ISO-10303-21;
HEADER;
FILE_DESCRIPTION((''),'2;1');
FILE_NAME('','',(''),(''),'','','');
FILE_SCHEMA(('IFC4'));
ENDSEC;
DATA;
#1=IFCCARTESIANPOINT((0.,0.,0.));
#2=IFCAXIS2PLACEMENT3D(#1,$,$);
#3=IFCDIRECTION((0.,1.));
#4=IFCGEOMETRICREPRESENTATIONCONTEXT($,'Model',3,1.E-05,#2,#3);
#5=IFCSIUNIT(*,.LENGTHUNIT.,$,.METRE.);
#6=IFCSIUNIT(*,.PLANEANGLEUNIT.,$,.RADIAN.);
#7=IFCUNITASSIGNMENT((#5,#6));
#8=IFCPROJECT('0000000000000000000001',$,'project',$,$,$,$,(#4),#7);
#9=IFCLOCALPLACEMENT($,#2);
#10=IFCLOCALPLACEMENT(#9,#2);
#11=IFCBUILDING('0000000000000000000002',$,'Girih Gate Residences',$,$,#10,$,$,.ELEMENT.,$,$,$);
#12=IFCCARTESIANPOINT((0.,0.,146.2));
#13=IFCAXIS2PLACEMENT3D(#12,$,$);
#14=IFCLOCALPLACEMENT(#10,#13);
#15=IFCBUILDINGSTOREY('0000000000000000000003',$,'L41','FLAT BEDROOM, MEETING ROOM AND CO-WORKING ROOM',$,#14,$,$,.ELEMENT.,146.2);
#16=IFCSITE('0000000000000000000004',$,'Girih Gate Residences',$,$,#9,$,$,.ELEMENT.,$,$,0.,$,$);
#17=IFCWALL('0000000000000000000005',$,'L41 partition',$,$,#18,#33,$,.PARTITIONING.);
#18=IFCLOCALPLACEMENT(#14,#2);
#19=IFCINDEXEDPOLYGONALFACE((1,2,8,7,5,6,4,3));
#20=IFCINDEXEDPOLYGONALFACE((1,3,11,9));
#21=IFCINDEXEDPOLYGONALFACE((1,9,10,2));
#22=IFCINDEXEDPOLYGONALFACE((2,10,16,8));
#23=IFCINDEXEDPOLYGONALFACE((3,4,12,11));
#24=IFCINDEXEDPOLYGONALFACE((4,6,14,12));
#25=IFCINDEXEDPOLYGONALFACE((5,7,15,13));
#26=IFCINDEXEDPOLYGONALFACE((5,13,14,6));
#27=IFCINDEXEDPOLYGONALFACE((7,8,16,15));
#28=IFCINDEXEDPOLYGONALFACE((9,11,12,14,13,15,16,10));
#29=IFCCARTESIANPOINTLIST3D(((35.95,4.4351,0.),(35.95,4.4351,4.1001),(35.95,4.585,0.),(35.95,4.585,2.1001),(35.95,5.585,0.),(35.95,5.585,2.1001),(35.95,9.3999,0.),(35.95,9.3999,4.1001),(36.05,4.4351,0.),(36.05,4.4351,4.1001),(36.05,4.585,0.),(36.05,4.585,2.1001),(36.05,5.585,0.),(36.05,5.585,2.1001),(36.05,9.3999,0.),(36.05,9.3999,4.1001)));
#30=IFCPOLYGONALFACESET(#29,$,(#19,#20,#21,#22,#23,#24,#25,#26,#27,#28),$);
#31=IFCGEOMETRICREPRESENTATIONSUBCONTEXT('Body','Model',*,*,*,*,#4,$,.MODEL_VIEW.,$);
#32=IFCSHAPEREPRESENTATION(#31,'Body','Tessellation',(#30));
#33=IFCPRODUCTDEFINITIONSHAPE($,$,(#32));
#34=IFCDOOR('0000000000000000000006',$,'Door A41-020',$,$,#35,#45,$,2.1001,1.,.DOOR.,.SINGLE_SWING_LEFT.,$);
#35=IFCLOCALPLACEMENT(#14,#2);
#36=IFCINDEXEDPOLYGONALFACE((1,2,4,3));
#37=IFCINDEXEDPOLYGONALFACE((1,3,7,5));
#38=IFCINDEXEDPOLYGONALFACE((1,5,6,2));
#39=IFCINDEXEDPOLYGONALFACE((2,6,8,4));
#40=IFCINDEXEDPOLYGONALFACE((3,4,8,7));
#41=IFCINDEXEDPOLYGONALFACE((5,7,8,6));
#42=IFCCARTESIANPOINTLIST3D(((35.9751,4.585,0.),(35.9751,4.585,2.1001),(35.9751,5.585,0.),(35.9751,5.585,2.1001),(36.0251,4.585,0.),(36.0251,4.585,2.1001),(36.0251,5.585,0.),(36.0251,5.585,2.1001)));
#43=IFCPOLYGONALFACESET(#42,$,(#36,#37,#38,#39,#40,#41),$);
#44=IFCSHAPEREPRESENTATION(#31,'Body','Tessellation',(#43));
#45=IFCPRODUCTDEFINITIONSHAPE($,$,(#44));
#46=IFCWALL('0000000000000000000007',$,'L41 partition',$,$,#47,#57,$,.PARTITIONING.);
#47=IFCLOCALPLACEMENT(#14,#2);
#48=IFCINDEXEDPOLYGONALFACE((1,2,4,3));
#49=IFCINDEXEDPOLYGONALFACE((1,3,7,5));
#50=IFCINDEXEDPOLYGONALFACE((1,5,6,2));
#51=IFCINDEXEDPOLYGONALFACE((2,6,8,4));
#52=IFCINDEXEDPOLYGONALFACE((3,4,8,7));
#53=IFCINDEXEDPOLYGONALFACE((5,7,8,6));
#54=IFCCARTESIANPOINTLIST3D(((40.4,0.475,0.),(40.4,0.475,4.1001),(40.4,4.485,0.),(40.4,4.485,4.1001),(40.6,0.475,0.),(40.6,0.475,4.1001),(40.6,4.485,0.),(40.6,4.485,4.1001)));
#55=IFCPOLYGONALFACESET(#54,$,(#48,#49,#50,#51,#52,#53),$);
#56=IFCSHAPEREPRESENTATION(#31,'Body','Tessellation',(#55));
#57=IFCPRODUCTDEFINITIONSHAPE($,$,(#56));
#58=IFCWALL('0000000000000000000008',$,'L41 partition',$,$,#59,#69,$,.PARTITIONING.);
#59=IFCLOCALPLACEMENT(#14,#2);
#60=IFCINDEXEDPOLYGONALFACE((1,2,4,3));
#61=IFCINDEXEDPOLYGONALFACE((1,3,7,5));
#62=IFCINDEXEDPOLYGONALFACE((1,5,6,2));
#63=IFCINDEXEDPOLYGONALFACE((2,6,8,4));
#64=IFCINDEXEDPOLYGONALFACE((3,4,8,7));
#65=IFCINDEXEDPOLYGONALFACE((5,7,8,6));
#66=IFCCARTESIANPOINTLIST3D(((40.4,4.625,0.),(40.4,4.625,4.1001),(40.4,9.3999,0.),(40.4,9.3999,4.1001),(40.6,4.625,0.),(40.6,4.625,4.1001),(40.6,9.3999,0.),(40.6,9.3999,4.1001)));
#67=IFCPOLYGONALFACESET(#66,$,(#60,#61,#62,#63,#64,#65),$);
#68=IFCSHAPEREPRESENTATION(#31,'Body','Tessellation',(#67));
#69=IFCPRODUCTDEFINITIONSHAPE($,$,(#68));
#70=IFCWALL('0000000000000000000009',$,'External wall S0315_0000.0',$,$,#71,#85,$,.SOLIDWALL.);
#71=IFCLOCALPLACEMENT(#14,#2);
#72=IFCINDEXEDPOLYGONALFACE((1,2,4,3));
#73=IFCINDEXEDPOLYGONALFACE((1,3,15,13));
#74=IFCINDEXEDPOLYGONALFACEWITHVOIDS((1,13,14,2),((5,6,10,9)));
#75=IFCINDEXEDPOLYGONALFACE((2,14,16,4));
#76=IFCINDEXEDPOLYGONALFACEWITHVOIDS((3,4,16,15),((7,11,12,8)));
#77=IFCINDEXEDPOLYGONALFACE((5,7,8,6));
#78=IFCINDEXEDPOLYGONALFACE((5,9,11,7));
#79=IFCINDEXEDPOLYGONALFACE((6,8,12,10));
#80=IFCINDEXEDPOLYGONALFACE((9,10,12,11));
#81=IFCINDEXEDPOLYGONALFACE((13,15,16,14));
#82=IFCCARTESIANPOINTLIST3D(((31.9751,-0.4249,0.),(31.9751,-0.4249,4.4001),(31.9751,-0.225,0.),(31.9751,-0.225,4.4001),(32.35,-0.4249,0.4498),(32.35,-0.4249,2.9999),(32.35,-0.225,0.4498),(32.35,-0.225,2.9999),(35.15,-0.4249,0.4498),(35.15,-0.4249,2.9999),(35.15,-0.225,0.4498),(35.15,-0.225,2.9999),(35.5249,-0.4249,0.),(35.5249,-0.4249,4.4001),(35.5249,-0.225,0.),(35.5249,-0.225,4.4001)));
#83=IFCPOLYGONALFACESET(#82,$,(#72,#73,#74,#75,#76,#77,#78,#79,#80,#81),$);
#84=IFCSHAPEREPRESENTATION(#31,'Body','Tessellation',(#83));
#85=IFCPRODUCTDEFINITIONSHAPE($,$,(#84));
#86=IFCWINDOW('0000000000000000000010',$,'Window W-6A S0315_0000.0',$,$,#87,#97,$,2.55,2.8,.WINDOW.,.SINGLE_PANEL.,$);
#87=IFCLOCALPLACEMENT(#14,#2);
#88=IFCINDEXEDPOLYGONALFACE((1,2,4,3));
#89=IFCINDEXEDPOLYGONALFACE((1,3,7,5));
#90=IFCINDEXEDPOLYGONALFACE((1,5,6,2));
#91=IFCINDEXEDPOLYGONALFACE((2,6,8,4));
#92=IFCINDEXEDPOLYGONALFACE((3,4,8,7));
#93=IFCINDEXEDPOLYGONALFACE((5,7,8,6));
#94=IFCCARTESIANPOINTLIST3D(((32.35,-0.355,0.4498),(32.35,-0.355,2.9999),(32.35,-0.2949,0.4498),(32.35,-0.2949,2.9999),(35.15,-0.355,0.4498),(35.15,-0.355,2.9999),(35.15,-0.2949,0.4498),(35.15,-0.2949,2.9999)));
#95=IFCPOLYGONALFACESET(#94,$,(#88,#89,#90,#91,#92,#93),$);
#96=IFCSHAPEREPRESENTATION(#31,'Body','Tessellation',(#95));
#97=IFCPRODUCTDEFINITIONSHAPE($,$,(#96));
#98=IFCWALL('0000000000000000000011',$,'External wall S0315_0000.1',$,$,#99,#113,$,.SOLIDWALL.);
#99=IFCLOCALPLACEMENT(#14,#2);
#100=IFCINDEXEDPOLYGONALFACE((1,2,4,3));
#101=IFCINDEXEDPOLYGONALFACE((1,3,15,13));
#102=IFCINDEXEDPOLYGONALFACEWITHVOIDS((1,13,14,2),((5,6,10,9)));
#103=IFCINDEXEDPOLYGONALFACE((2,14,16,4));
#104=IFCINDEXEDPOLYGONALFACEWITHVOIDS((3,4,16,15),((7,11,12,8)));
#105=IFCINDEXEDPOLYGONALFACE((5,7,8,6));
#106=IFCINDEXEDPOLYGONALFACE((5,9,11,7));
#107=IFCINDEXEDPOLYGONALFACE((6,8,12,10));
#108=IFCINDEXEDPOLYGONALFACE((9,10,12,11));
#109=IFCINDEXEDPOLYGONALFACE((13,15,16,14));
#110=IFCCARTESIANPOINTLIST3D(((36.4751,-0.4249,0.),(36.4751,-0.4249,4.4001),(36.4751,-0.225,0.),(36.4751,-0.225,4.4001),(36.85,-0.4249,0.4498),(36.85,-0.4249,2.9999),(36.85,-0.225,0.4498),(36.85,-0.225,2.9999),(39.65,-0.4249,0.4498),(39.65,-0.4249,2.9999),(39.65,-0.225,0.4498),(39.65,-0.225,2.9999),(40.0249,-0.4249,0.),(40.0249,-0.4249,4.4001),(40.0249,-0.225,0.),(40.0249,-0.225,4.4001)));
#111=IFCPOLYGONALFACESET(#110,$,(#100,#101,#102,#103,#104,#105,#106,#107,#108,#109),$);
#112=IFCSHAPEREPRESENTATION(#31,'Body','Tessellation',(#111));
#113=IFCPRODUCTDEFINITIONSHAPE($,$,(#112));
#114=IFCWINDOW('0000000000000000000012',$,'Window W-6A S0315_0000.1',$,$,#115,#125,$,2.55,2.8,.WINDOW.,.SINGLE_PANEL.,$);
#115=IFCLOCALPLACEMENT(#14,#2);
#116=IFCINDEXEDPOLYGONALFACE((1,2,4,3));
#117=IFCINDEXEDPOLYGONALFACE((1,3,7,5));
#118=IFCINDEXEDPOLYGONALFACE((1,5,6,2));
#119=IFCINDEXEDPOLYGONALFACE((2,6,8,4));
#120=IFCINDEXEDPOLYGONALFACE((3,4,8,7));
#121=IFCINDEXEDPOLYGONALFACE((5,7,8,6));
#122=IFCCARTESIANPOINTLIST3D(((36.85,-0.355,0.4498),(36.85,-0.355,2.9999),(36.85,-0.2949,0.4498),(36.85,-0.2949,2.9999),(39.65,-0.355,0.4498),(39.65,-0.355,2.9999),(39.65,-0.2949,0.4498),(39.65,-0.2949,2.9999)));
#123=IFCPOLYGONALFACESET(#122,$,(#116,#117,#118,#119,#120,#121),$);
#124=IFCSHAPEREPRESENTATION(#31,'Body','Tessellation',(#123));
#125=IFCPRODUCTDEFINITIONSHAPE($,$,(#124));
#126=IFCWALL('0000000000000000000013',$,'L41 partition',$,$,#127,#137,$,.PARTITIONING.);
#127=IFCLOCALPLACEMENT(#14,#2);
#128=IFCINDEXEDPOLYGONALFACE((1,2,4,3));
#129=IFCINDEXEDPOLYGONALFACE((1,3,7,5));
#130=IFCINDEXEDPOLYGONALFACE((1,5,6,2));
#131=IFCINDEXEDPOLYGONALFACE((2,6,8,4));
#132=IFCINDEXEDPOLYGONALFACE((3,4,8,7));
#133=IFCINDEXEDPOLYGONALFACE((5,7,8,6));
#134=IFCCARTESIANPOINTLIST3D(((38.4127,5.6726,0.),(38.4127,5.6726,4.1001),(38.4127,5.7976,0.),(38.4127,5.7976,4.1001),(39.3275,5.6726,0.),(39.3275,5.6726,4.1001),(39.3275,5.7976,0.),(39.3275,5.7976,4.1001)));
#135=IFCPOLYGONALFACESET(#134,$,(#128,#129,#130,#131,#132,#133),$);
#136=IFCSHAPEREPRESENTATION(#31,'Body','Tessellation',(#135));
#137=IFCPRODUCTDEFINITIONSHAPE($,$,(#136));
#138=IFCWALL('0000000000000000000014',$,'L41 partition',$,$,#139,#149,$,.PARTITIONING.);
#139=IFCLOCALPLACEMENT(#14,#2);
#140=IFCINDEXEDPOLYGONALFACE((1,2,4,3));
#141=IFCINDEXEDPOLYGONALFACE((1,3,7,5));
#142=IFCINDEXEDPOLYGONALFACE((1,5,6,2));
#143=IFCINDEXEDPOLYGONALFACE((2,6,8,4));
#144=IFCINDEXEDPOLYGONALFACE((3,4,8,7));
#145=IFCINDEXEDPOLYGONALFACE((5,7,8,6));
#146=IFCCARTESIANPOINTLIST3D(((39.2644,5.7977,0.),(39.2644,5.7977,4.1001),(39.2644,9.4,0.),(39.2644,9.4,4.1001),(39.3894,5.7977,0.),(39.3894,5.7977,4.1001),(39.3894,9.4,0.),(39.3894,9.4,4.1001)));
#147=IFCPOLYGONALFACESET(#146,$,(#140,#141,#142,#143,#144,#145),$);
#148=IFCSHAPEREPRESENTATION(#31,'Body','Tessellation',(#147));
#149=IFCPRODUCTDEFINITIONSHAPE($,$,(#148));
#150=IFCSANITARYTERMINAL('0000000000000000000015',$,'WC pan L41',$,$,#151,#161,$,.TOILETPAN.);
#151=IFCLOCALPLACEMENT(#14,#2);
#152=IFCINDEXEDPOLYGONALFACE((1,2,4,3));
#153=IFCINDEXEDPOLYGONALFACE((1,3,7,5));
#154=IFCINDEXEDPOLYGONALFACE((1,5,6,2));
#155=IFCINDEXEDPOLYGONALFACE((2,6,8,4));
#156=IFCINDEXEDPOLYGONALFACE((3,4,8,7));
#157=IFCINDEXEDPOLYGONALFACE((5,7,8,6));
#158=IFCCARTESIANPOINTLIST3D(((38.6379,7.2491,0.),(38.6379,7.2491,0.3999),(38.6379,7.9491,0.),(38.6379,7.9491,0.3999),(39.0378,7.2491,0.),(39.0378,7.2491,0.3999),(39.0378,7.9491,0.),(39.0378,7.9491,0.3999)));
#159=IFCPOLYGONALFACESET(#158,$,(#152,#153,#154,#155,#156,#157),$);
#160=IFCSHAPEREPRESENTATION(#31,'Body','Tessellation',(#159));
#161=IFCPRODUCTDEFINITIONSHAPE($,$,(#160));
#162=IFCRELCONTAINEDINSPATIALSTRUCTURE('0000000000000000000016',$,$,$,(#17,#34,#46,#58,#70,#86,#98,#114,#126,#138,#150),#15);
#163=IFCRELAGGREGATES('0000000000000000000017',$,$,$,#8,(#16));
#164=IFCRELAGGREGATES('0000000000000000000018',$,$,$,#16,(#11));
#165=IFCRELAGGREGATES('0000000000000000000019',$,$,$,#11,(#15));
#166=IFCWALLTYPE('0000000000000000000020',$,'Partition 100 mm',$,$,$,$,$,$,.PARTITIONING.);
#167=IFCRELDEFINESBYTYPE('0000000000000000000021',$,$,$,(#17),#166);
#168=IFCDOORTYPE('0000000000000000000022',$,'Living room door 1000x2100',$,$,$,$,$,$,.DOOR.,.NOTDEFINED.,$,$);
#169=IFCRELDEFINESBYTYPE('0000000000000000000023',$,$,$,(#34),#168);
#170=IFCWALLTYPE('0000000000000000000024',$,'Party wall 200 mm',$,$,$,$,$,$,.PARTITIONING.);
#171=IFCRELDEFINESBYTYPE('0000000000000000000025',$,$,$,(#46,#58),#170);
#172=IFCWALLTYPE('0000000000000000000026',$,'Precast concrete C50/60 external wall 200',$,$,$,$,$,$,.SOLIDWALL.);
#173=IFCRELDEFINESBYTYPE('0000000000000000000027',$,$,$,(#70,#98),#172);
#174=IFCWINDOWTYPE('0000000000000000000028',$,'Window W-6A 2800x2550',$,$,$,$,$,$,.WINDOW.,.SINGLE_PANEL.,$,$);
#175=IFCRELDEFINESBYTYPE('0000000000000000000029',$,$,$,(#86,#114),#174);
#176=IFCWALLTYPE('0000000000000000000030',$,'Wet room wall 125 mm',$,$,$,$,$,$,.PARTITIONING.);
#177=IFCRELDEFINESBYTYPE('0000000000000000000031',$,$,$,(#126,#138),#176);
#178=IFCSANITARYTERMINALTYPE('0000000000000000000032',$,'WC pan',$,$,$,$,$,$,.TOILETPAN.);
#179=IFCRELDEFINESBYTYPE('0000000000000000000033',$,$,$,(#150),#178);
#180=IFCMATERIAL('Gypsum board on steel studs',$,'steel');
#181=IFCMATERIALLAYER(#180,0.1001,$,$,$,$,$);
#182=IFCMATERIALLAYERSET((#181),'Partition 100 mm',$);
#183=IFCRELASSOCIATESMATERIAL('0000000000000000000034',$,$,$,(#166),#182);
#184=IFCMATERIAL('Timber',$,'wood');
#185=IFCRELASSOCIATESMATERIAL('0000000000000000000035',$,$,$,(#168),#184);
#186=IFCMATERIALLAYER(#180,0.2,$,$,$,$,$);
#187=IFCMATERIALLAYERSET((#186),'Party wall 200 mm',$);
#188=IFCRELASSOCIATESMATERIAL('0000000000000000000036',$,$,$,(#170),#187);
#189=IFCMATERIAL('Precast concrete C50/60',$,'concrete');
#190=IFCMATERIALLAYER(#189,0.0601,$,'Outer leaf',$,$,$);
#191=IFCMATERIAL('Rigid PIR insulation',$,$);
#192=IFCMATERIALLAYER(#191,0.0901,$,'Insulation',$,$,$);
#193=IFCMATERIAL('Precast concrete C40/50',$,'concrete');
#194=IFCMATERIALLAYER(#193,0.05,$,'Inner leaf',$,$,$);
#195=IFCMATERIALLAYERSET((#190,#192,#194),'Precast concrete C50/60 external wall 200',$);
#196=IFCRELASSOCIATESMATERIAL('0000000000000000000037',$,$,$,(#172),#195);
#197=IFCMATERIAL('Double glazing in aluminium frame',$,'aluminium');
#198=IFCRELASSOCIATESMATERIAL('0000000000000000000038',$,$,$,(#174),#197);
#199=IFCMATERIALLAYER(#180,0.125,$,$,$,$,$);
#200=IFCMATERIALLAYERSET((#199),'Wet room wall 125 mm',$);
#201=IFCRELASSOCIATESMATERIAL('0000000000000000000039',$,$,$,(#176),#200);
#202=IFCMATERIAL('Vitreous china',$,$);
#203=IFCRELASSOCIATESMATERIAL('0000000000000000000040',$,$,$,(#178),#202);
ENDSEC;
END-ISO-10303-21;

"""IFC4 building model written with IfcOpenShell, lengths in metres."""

from ifc_helpers import new_model, si_unit, direction, frame, frame_2d, origin, origin_2d, place, context, subcontext, project, spatial, rectangle, extrude, material, layer, layer_set, type_object, element, fill, save


model = new_model("IFC4")

# Units and contexts
model_context = context("Model", 3, precision=1e-05, world=origin(), true_north=direction((0.0, 1.0)))
body_context = subcontext(model_context, "Body", "Model", "MODEL_VIEW")
ifc_project = project(units=[si_unit("LENGTHUNIT", "METRE"), si_unit("PLANEANGLEUNIT", "RADIAN")], contexts=[model_context])

# Site, building, storey
site_placement = place(None, origin())
site = spatial("IfcSite", under=ifc_project, at=site_placement, Name="Girih Gate Residences", CompositionType="ELEMENT", RefElevation=0.0)
building_placement = place(site_placement, origin())
building = spatial("IfcBuilding", under=site, at=building_placement, Name="Girih Gate Residences", CompositionType="ELEMENT")
storey_placement = place(building_placement, frame((0.0, 0.0, 146.2)))
storey = spatial("IfcBuildingStorey", under=building, at=storey_placement, Name="L41", Description="FLAT BEDROOM, MEETING ROOM AND CO-WORKING ROOM", CompositionType="ELEMENT", Elevation=146.2)

# Shared definitions
ifc_material_1 = material(Name="Gypsum board on steel studs", Category="steel")
ifc_layer_1 = layer(ifc_material_1, 0.1001)
ifc_layer_set_1 = layer_set([ifc_layer_1], Name="Partition 100 mm")
wall_type_1 = type_object("IfcWallType", Name="Partition 100 mm", PredefinedType="PARTITIONING", material=ifc_layer_set_1)
ifc_material_2 = material(Name="Timber", Category="wood")

# Wall, opening, door
wall_1_placement = place(storey_placement, frame((36.0, 4.4351, 0.0), z_axis=(0.0, 0.0, 1.0), x_axis=(0.0, 1.0, 0.0)))
wall_1 = element("IfcWall", 1, at=wall_1_placement, inside=storey, type_object=wall_type_1, Name="L41 partition", PredefinedType="PARTITIONING", context=body_context, shape_type="SweptSolid", body=[
    extrude(rectangle(XDim=4.9648, YDim=0.1001, at=frame_2d((2.4824, 0.0))), origin(), (0.0, 0.0, 1.0), 4.1001),
])
opening_1_placement = place(wall_1_placement, frame((0.1499, 0.0, 0.0)))
opening_1 = element("IfcOpeningElement", 2, at=opening_1_placement, cuts=wall_1, PredefinedType="OPENING", context=body_context, shape_type="SweptSolid", body=[
    extrude(rectangle(XDim=1.0, YDim=2.1001, at=frame_2d((0.5, 1.05))), frame((0.0, 0.0601, 0.0), z_axis=(0.0, -1.0, 0.0), x_axis=(1.0, 0.0, 0.0)), (0.0, 0.0, 1.0), 0.1201),
])
door_type_1 = type_object("IfcDoorType", Name="Living room door 1000x2100", OperationType="NOTDEFINED", PredefinedType="DOOR", material=ifc_material_2)
door_1_placement = place(opening_1_placement, origin())
door_1 = element("IfcDoor", 3, at=door_1_placement, inside=storey, type_object=door_type_1, Name="Door A41-020", OperationType="SINGLE_SWING_LEFT", OverallHeight=2.1001, OverallWidth=1.0, PredefinedType="DOOR", context=body_context, shape_type="SweptSolid", body=[
    extrude(rectangle(XDim=1.0, YDim=2.1001, at=frame_2d((0.5, 1.05))), frame((0.0, 0.0249, 0.0), z_axis=(0.0, -1.0, 0.0), x_axis=(1.0, 0.0, 0.0)), (0.0, 0.0, 1.0), 0.05),
])
fill(opening_1, door_1)

# Walls
ifc_layer_2 = layer(ifc_material_1, 0.2)
ifc_layer_set_2 = layer_set([ifc_layer_2], Name="Party wall 200 mm")
wall_type_2 = type_object("IfcWallType", Name="Party wall 200 mm", PredefinedType="PARTITIONING", material=ifc_layer_set_2)
wall_2_placement = place(storey_placement, frame((40.5, 0.4751, 0.0), z_axis=(0.0, 0.0, 1.0), x_axis=(0.0, 1.0, 0.0)))
element("IfcWall", 4, at=wall_2_placement, inside=storey, type_object=wall_type_2, Name="L41 partition", PredefinedType="PARTITIONING", context=body_context, shape_type="SweptSolid", body=[
    extrude(rectangle(XDim=4.01, YDim=0.2, at=frame_2d((2.0049, 0.0))), origin(), (0.0, 0.0, 1.0), 4.1001),
])
wall_3_placement = place(storey_placement, frame((40.5, 4.625, 0.0), z_axis=(0.0, 0.0, 1.0), x_axis=(0.0, 1.0, 0.0)))
element("IfcWall", 5, at=wall_3_placement, inside=storey, type_object=wall_type_2, Name="L41 partition", PredefinedType="PARTITIONING", context=body_context, shape_type="SweptSolid", body=[
    extrude(rectangle(XDim=4.7749, YDim=0.2, at=frame_2d((2.3875, 0.0))), origin(), (0.0, 0.0, 1.0), 4.1001),
])

# Walls, openings, windows
ifc_material_3 = material(Name="Precast concrete C50/60", Category="concrete")
ifc_layer_3 = layer(ifc_material_3, 0.0601, Name="Outer leaf")
ifc_material_4 = material(Name="Rigid PIR insulation")
ifc_layer_4 = layer(ifc_material_4, 0.0901, Name="Insulation")
ifc_material_5 = material(Name="Precast concrete C40/50", Category="concrete")
ifc_layer_5 = layer(ifc_material_5, 0.05, Name="Inner leaf")
ifc_layer_set_3 = layer_set([ifc_layer_3, ifc_layer_4, ifc_layer_5], Name="Precast concrete C50/60 external wall 200")
wall_type_3 = type_object("IfcWallType", Name="Precast concrete C50/60 external wall 200", PredefinedType="SOLIDWALL", material=ifc_layer_set_3)
wall_4_placement = place(storey_placement, frame((35.5249, -0.325, 0.0), z_axis=(0.0, 0.0, 1.0), x_axis=(-1.0, 0.0, 0.0)))
wall_4 = element("IfcWall", 6, at=wall_4_placement, inside=storey, type_object=wall_type_3, Name="External wall S0315_0000.0", PredefinedType="SOLIDWALL", context=body_context, shape_type="SweptSolid", body=[
    extrude(rectangle(XDim=3.5498, YDim=0.2, at=frame_2d((1.7749, 0.0))), origin(), (0.0, 0.0, 1.0), 4.4001),
])
opening_2_placement = place(wall_4_placement, frame((0.375, 0.0, 0.45)))
opening_2 = element("IfcOpeningElement", 7, at=opening_2_placement, cuts=wall_4, PredefinedType="OPENING", context=body_context, shape_type="SweptSolid", body=[
    extrude(rectangle(XDim=2.8, YDim=2.55, at=frame_2d((1.3999, 1.2749))), frame((0.0, 0.1099, 0.0), z_axis=(0.0, -1.0, 0.0), x_axis=(1.0, 0.0, 0.0)), (0.0, 0.0, 1.0), 0.22),
])
ifc_material_6 = material(Name="Double glazing in aluminium frame", Category="aluminium")
window_type = type_object("IfcWindowType", Name="Window W-6A 2800x2550", PartitioningType="SINGLE_PANEL", PredefinedType="WINDOW", material=ifc_material_6)
window_1_placement = place(opening_2_placement, origin())
window_1 = element("IfcWindow", 8, at=window_1_placement, inside=storey, type_object=window_type, Name="Window W-6A S0315_0000.0", OverallHeight=2.55, OverallWidth=2.8, PartitioningType="SINGLE_PANEL", PredefinedType="WINDOW", context=body_context, shape_type="SweptSolid", body=[
    extrude(rectangle(XDim=2.8, YDim=2.55, at=frame_2d((1.3999, 1.2749))), frame((0.0, 0.03, 0.0), z_axis=(0.0, -1.0, 0.0), x_axis=(1.0, 0.0, 0.0)), (0.0, 0.0, 1.0), 0.0601),
])
fill(opening_2, window_1)
wall_5_placement = place(storey_placement, frame((40.0249, -0.325, 0.0), z_axis=(0.0, 0.0, 1.0), x_axis=(-1.0, 0.0, 0.0)))
wall_5 = element("IfcWall", 9, at=wall_5_placement, inside=storey, type_object=wall_type_3, Name="External wall S0315_0000.1", PredefinedType="SOLIDWALL", context=body_context, shape_type="SweptSolid", body=[
    extrude(rectangle(XDim=3.5498, YDim=0.2, at=frame_2d((1.7749, 0.0))), origin(), (0.0, 0.0, 1.0), 4.4001),
])
opening_3_placement = place(wall_5_placement, frame((0.375, 0.0, 0.45)))
opening_3 = element("IfcOpeningElement", 10, at=opening_3_placement, cuts=wall_5, PredefinedType="OPENING", context=body_context, shape_type="SweptSolid", body=[
    extrude(rectangle(XDim=2.8, YDim=2.55, at=frame_2d((1.3999, 1.2749))), frame((0.0, 0.1099, 0.0), z_axis=(0.0, -1.0, 0.0), x_axis=(1.0, 0.0, 0.0)), (0.0, 0.0, 1.0), 0.22),
])
window_2_placement = place(opening_3_placement, origin())
window_2 = element("IfcWindow", 11, at=window_2_placement, inside=storey, type_object=window_type, Name="Window W-6A S0315_0000.1", OverallHeight=2.55, OverallWidth=2.8, PartitioningType="SINGLE_PANEL", PredefinedType="WINDOW", context=body_context, shape_type="SweptSolid", body=[
    extrude(rectangle(XDim=2.8, YDim=2.55, at=frame_2d((1.3999, 1.2749))), frame((0.0, 0.03, 0.0), z_axis=(0.0, -1.0, 0.0), x_axis=(1.0, 0.0, 0.0)), (0.0, 0.0, 1.0), 0.0601),
])
fill(opening_3, window_2)

# Walls
ifc_layer_6 = layer(ifc_material_1, 0.125)
ifc_layer_set_4 = layer_set([ifc_layer_6], Name="Wet room wall 125 mm")
wall_type_4 = type_object("IfcWallType", Name="Wet room wall 125 mm", PredefinedType="PARTITIONING", material=ifc_layer_set_4)
wall_6_placement = place(storey_placement, frame((38.4126, 5.7351, 0.0), z_axis=(0.0, 0.0, 1.0), x_axis=(1.0, 0.0, 0.0)))
element("IfcWall", 12, at=wall_6_placement, inside=storey, type_object=wall_type_4, Name="L41 partition", PredefinedType="PARTITIONING", context=body_context, shape_type="SweptSolid", body=[
    extrude(rectangle(XDim=0.9148, YDim=0.125, at=frame_2d((0.4575, 0.0))), origin(), (0.0, 0.0, 1.0), 4.1001),
])
wall_7_placement = place(storey_placement, frame((39.3269, 5.7976, 0.0), z_axis=(0.0, 0.0, 1.0), x_axis=(0.0, 1.0, 0.0)))
element("IfcWall", 13, at=wall_7_placement, inside=storey, type_object=wall_type_4, Name="L41 partition", PredefinedType="PARTITIONING", context=body_context, shape_type="SweptSolid", body=[
    extrude(rectangle(XDim=3.6023, YDim=0.125, at=frame_2d((1.8013, 0.0))), origin(), (0.0, 0.0, 1.0), 4.1001),
])

# Sanitary terminal
ifc_material_7 = material(Name="Vitreous china")
sanitary_terminal_type = type_object("IfcSanitaryTerminalType", Name="WC pan", PredefinedType="TOILETPAN", material=ifc_material_7)
sanitary_terminal_placement = place(storey_placement, frame((38.8379, 7.5991, 0.0), z_axis=(0.0, 0.0, 1.0), x_axis=(1.0, 0.0, 0.0)))
element("IfcSanitaryTerminal", 14, at=sanitary_terminal_placement, inside=storey, type_object=sanitary_terminal_type, Name="WC pan L41", PredefinedType="TOILETPAN", context=body_context, shape_type="SweptSolid", body=[
    extrude(rectangle(XDim=0.3999, YDim=0.7, at=origin_2d()), origin(), (0.0, 0.0, 1.0), 0.3999),
])

save(model, "model.ifc")
